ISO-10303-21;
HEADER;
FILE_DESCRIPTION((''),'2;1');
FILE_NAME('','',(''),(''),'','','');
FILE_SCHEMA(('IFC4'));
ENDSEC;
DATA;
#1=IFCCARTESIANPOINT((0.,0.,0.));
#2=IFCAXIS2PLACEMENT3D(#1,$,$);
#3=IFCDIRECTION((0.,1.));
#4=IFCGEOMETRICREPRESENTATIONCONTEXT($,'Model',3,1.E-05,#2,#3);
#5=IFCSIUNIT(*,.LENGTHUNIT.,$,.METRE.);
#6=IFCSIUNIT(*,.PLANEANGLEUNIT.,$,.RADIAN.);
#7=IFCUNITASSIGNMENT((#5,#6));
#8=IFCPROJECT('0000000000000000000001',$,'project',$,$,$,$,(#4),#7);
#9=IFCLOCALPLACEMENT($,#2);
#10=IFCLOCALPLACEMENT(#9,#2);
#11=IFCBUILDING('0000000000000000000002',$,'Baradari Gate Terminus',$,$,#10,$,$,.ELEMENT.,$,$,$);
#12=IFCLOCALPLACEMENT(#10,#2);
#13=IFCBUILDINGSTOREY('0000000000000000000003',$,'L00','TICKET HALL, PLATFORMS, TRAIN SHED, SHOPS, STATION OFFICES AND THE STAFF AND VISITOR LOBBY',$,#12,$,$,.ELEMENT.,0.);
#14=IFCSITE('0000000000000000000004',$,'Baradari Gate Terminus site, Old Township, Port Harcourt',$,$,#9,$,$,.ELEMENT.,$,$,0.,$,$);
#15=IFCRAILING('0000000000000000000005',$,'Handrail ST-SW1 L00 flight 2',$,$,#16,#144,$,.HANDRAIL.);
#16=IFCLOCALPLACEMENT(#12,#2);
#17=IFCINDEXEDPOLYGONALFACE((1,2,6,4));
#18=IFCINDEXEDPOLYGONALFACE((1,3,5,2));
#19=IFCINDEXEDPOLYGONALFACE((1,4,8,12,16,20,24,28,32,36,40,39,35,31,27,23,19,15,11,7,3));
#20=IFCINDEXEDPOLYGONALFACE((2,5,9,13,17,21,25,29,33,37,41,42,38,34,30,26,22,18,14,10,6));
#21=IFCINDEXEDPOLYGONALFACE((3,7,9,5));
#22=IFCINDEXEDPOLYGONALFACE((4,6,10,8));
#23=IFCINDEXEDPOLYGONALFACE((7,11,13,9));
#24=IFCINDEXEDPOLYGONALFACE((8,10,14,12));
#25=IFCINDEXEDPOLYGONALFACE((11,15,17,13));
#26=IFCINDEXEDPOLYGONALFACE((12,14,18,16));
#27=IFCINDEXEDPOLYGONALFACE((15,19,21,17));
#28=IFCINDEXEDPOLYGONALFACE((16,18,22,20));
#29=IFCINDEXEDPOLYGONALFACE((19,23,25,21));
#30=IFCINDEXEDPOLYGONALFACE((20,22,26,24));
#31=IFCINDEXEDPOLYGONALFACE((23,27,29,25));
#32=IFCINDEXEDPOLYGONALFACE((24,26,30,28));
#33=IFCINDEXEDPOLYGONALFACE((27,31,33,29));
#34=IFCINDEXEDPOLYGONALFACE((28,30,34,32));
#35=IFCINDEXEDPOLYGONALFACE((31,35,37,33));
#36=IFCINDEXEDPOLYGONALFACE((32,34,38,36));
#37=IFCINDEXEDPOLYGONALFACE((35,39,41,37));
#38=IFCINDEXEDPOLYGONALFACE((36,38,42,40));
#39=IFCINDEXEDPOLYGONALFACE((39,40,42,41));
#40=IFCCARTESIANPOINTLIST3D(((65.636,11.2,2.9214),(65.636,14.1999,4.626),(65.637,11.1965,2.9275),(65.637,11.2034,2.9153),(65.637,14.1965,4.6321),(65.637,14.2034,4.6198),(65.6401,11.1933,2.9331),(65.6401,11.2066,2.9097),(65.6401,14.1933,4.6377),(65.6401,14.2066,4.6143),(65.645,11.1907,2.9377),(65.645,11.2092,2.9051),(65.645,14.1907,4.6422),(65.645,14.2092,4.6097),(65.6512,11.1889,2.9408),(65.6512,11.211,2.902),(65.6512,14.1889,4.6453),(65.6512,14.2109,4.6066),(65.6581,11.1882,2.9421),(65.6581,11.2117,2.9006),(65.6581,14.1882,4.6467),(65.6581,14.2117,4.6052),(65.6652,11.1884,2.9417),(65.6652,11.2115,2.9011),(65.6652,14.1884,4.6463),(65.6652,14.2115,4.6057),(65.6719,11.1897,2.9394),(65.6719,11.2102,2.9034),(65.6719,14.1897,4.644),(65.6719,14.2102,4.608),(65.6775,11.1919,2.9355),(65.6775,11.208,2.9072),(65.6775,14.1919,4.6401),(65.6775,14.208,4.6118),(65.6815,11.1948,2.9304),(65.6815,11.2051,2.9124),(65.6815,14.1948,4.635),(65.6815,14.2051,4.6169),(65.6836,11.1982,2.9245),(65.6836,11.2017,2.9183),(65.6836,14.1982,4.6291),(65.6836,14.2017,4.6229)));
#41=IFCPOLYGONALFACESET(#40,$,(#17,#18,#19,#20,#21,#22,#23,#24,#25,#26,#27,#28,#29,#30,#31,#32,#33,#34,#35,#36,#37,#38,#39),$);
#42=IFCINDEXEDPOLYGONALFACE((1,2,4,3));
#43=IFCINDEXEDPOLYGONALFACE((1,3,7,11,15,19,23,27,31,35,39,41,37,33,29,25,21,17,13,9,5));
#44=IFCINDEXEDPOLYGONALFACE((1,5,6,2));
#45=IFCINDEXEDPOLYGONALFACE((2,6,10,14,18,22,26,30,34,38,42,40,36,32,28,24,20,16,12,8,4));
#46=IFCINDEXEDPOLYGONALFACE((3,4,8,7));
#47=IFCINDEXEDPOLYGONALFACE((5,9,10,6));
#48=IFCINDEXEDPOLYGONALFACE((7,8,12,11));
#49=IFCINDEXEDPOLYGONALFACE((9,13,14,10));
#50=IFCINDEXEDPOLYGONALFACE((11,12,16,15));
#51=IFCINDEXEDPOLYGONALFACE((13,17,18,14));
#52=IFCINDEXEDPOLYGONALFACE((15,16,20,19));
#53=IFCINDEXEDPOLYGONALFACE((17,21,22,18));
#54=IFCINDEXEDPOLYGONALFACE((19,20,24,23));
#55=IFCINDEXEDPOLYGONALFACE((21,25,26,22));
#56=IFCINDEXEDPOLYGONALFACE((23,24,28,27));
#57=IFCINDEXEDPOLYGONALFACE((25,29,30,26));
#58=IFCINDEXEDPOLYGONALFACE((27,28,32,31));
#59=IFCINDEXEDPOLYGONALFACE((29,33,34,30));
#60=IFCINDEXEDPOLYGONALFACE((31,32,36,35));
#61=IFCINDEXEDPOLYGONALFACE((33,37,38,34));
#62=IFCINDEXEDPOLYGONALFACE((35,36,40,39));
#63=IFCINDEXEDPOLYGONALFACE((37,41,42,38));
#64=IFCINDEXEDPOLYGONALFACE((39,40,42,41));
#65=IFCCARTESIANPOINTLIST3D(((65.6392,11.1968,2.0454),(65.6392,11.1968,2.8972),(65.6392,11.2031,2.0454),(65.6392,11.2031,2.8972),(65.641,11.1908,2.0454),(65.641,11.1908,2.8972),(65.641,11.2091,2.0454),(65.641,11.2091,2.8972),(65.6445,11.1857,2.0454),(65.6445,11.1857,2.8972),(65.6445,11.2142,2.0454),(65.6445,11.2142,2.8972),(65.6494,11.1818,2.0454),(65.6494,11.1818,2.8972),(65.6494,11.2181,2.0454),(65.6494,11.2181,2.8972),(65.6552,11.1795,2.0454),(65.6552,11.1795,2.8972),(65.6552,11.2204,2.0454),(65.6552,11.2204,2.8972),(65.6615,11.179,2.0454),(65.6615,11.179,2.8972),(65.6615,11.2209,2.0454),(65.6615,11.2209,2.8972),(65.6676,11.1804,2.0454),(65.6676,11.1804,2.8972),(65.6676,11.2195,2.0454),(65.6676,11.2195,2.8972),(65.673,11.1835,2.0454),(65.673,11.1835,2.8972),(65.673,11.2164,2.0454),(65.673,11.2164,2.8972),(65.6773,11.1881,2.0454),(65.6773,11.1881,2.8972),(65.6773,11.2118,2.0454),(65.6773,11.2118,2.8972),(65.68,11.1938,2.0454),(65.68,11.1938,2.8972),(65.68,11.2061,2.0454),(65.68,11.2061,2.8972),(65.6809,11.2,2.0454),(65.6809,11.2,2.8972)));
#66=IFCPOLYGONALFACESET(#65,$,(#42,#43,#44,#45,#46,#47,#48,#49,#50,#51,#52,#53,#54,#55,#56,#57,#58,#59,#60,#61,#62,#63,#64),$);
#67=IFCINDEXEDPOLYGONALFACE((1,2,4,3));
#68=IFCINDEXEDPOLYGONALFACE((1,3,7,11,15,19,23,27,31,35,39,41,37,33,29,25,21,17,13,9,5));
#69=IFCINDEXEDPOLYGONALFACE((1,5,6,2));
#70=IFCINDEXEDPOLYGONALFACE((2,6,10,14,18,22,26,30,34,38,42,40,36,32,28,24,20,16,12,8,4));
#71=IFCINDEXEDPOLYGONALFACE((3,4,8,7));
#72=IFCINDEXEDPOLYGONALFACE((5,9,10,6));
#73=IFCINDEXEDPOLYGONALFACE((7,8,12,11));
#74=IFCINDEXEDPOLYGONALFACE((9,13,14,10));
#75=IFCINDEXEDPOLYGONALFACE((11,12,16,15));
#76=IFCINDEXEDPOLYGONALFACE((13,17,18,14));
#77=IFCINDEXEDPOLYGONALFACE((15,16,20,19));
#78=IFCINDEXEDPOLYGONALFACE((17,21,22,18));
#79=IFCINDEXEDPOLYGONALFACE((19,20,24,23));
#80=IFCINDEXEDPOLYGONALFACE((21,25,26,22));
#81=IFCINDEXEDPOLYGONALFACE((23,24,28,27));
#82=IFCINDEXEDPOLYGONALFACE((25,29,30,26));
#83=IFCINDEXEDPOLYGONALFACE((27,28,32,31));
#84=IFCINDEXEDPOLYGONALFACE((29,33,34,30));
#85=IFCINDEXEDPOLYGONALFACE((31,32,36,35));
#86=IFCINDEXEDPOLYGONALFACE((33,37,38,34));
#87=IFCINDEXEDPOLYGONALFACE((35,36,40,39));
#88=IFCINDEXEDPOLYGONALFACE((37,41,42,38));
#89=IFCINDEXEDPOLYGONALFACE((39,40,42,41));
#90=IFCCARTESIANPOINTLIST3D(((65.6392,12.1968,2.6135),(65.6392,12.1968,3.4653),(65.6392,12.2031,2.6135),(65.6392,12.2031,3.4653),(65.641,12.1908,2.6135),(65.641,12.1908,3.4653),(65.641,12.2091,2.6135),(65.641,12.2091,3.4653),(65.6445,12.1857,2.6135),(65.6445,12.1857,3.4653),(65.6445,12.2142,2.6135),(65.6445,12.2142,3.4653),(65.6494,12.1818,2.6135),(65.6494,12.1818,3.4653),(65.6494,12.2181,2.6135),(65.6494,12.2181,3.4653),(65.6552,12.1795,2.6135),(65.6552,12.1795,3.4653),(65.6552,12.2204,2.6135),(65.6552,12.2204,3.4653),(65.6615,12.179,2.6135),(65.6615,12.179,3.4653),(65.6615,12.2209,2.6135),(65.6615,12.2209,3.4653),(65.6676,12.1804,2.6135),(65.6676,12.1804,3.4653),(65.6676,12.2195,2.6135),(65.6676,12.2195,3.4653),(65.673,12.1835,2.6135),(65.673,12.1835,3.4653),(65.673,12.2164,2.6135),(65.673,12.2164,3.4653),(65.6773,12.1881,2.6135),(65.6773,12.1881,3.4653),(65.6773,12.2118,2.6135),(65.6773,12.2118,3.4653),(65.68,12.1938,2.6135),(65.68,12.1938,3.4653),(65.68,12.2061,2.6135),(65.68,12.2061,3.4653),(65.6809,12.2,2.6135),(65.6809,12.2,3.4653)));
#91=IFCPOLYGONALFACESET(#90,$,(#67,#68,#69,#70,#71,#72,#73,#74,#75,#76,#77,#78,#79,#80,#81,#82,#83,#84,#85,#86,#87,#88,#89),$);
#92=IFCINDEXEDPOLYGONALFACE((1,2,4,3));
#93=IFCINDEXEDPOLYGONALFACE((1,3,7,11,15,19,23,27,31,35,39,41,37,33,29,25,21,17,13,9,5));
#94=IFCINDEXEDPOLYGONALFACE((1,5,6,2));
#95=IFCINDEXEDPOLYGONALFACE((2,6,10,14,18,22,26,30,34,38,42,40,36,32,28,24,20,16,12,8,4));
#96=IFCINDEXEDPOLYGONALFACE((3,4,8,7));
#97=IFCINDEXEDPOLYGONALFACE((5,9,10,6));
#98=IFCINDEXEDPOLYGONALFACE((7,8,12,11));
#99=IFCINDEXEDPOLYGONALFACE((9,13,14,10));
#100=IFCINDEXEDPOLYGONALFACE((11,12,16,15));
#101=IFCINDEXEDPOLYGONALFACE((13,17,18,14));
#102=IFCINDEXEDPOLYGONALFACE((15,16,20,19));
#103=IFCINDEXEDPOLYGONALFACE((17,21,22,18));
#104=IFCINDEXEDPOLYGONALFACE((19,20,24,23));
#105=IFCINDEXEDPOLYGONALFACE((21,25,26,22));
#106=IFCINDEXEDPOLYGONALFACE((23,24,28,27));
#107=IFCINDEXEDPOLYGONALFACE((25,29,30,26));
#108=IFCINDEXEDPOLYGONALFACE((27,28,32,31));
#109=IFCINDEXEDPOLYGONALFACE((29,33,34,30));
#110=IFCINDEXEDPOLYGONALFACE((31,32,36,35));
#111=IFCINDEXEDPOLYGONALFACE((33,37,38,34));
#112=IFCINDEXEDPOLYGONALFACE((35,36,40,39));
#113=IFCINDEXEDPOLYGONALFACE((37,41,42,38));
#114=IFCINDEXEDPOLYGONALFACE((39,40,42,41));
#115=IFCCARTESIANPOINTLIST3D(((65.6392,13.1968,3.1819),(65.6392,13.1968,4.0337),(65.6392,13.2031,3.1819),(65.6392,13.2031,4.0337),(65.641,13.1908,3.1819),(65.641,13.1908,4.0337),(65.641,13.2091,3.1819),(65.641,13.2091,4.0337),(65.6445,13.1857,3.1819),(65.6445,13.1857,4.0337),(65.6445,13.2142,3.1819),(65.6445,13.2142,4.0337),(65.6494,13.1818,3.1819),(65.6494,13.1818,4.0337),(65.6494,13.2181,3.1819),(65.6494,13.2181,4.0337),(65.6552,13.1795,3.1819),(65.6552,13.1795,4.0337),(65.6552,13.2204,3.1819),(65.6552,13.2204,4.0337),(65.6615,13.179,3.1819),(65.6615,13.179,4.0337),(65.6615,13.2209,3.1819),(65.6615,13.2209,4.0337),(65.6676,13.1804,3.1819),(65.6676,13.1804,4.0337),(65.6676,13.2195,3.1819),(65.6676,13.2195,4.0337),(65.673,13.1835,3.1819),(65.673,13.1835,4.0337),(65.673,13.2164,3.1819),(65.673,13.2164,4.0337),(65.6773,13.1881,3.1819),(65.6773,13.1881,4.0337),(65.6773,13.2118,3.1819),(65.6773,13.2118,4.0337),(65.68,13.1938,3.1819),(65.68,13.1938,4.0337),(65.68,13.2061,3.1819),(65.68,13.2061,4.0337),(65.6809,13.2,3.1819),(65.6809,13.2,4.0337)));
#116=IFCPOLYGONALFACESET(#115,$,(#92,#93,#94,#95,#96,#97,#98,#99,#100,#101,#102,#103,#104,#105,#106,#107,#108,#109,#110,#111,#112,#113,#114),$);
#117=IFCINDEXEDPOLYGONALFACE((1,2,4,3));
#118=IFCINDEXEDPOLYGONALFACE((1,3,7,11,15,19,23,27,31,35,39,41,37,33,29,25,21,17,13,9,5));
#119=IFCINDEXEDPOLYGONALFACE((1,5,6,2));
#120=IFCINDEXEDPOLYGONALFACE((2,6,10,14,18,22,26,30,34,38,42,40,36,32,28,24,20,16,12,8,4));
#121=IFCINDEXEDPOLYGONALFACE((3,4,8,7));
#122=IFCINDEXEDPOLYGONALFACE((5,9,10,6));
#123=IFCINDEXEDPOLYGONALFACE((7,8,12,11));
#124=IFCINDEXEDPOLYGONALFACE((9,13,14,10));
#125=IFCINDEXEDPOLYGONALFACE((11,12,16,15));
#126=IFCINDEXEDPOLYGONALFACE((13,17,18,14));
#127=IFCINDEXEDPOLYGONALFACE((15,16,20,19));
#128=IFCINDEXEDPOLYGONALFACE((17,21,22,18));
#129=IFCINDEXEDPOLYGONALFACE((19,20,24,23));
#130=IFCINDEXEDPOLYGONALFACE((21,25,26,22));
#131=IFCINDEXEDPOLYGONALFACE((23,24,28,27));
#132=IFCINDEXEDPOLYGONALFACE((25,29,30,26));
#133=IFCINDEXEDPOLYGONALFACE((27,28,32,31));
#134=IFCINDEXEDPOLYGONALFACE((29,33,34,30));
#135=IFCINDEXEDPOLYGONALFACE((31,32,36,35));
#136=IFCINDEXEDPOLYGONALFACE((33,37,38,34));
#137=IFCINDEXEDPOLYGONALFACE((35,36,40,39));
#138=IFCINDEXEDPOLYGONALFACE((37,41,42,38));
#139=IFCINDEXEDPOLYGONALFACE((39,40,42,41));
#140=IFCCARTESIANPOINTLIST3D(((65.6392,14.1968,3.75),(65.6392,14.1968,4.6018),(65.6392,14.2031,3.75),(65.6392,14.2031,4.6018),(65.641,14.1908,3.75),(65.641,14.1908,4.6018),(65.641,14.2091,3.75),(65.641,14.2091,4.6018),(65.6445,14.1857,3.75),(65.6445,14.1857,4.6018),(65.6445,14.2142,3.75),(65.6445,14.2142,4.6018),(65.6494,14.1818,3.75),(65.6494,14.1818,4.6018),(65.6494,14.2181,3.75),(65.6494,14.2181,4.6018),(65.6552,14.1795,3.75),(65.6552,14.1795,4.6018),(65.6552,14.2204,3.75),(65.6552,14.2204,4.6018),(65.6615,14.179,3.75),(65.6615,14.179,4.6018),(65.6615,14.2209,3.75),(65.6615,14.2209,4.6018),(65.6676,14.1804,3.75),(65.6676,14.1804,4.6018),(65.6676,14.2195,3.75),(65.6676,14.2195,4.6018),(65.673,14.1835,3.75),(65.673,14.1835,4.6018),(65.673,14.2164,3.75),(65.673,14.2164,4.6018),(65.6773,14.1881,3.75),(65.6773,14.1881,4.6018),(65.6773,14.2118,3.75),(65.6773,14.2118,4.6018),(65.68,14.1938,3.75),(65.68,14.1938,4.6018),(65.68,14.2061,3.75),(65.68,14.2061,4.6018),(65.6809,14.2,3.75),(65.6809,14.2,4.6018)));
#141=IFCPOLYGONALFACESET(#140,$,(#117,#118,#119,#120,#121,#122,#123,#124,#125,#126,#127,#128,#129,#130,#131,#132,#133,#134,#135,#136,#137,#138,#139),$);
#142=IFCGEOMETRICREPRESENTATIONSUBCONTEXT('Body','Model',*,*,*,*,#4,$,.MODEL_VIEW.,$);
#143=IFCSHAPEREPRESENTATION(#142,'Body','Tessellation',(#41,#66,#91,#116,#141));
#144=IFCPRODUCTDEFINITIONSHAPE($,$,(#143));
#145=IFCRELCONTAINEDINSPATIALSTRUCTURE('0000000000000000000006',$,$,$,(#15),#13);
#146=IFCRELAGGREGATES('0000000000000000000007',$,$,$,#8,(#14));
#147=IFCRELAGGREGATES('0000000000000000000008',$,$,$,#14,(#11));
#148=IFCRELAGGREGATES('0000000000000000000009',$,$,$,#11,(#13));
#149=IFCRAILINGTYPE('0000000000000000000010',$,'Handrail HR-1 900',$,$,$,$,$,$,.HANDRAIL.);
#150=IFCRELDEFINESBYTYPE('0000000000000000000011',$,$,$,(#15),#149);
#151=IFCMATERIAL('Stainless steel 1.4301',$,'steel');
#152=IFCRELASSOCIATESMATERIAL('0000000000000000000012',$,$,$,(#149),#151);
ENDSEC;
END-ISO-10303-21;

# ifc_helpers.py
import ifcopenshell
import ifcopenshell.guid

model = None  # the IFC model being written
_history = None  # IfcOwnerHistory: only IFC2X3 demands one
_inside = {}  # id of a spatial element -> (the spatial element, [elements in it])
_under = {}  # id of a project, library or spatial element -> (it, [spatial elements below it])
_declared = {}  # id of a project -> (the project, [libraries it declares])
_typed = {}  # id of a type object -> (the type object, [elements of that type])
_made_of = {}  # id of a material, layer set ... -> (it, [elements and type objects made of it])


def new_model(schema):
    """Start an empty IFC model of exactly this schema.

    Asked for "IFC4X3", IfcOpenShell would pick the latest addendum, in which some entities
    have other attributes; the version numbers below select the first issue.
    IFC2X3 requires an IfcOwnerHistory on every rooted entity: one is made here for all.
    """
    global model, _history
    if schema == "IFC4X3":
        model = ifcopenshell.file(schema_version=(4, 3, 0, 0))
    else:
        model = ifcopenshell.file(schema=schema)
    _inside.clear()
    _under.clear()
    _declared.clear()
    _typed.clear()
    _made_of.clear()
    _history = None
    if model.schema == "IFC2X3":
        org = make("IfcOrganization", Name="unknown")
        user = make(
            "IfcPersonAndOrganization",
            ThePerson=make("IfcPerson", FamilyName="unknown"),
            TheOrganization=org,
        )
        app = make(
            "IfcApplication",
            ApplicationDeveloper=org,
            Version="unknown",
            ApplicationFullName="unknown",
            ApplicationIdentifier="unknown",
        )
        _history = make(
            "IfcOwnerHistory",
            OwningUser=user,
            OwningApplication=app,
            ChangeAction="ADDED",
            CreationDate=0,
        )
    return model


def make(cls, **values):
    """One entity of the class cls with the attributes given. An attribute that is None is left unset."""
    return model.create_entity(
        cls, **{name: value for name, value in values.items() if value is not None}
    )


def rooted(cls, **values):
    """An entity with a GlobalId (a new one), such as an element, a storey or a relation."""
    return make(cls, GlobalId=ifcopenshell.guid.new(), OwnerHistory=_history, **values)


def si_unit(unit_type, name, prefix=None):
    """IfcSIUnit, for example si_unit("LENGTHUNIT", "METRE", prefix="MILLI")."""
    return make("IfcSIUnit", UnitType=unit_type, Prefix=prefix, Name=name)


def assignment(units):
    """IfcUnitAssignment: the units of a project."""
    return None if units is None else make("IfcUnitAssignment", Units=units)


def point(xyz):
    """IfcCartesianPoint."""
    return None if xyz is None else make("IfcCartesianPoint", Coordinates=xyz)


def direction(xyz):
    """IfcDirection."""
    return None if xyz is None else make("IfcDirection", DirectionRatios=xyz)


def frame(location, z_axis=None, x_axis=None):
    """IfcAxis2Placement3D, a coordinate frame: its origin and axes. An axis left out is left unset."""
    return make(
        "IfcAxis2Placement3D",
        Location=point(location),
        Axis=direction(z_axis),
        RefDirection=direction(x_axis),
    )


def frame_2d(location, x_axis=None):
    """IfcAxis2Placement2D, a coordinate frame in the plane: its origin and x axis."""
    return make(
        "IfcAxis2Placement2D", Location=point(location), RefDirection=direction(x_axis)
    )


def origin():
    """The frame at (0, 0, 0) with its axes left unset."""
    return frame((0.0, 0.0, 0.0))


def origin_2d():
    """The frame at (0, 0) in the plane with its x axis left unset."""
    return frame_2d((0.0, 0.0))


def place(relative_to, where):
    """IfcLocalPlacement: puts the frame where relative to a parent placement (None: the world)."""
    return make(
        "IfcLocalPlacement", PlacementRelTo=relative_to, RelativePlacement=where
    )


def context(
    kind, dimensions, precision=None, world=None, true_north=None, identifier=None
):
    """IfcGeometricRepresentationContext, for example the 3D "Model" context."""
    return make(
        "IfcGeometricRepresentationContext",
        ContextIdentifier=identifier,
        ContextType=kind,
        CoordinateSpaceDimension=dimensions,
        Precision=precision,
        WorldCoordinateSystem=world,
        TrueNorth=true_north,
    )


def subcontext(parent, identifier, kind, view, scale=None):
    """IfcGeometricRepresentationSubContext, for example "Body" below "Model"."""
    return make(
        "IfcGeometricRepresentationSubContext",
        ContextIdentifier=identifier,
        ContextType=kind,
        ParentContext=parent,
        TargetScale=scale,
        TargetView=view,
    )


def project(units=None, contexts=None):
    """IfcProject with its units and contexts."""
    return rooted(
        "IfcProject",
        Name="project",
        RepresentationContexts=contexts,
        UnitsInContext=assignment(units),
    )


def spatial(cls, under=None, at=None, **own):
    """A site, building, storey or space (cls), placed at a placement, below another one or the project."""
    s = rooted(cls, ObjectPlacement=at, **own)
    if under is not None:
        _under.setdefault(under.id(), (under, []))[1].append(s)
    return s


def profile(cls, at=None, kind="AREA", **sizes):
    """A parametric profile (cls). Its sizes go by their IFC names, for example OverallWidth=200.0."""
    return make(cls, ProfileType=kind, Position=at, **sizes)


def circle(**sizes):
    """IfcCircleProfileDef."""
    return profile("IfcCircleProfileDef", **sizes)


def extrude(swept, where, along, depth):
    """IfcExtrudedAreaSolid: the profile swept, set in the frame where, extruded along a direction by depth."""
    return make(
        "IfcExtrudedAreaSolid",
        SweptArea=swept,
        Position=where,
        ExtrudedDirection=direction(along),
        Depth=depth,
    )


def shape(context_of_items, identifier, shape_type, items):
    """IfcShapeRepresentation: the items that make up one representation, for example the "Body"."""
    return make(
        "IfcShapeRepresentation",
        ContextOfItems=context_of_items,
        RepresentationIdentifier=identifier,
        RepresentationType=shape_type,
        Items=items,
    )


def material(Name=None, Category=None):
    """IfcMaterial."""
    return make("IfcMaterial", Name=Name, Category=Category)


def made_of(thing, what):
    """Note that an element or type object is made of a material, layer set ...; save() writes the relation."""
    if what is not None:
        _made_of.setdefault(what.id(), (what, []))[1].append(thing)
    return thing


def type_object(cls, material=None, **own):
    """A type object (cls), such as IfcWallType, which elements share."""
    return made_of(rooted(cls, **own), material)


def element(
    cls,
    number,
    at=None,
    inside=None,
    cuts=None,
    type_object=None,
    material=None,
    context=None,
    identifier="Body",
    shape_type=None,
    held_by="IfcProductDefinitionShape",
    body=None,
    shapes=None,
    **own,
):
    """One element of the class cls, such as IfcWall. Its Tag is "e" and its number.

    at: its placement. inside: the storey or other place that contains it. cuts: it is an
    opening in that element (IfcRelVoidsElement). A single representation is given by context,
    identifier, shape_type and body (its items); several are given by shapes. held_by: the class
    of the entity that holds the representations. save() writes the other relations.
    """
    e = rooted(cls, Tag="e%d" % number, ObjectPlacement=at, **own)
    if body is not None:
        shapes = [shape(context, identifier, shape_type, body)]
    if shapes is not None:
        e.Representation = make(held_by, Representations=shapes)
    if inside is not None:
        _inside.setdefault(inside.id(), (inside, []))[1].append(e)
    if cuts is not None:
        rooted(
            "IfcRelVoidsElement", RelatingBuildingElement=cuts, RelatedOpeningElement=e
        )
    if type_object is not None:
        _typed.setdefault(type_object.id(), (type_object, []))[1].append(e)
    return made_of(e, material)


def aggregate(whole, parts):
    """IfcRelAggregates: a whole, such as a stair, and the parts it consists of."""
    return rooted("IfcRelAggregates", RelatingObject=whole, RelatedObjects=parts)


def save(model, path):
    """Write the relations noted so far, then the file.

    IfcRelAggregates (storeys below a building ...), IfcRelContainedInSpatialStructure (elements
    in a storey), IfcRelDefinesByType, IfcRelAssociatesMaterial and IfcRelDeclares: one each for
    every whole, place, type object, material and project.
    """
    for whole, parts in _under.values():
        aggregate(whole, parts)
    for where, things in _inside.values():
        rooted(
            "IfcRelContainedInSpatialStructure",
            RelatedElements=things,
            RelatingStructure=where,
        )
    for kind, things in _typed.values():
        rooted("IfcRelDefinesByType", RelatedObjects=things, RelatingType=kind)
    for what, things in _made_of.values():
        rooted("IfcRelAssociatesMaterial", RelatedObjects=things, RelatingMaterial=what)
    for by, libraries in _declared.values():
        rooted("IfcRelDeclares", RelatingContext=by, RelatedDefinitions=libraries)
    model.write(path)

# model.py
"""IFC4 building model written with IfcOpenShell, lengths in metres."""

from ifc_helpers import new_model, si_unit, direction, frame, origin, origin_2d, place, context, subcontext, project, spatial, circle, extrude, material, type_object, element, save


model = new_model("IFC4")

# Units and contexts
model_context = context("Model", 3, precision=1e-05, world=origin(), true_north=direction((0.0, 1.0)))
body_context = subcontext(model_context, "Body", "Model", "MODEL_VIEW")
ifc_project = project(units=[si_unit("LENGTHUNIT", "METRE"), si_unit("PLANEANGLEUNIT", "RADIAN")], contexts=[model_context])

# Site, building, storey
site_placement = place(None, origin())
site = spatial("IfcSite", under=ifc_project, at=site_placement, Name="Baradari Gate Terminus site, Old Township, Port Harcourt", CompositionType="ELEMENT", RefElevation=0.0)
building_placement = place(site_placement, origin())
building = spatial("IfcBuilding", under=site, at=building_placement, Name="Baradari Gate Terminus", CompositionType="ELEMENT")
storey_placement = place(building_placement, origin())
storey = spatial("IfcBuildingStorey", under=building, at=storey_placement, Name="L00", Description="TICKET HALL, PLATFORMS, TRAIN SHED, SHOPS, STATION OFFICES AND THE STAFF AND VISITOR LOBBY", CompositionType="ELEMENT", Elevation=0.0)

# Railing
ifc_material_1 = material(Name="Stainless steel 1.4301", Category="steel")
railing_type = type_object("IfcRailingType", Name="Handrail HR-1 900", PredefinedType="HANDRAIL", material=ifc_material_1)
for number, where, name in (
    (1, (65.6599, 11.2, 2.0454), "Handrail ST-SW1 L00 flight 2"),
):
    element("IfcRailing", number, at=place(storey_placement, frame(where)), inside=storey, type_object=railing_type, Name=name, PredefinedType="HANDRAIL", context=body_context, shape_type="SweptSolid", body=[
        extrude(circle(Radius=0.0239, at=origin_2d()), frame((0.0, 0.0, 0.876), z_axis=(0.0, 0.869451, 0.494019), x_axis=(-1.0, 0.0, 0.0)), (0.0, 0.0, 1.0), 3.4504),
        extrude(circle(Radius=0.021, at=origin_2d()), origin(), (0.0, 0.0, 1.0), 0.8518),
        extrude(circle(Radius=0.021, at=origin_2d()), frame((0.0, 1.0, 0.5681)), (0.0, 0.0, 1.0), 0.8518),
        extrude(circle(Radius=0.021, at=origin_2d()), frame((0.0, 2.0, 1.1365)), (0.0, 0.0, 1.0), 0.8518),
        extrude(circle(Radius=0.021, at=origin_2d()), frame((0.0, 3.0, 1.7046)), (0.0, 0.0, 1.0), 0.8518),
    ])

save(model, "model.ifc")
